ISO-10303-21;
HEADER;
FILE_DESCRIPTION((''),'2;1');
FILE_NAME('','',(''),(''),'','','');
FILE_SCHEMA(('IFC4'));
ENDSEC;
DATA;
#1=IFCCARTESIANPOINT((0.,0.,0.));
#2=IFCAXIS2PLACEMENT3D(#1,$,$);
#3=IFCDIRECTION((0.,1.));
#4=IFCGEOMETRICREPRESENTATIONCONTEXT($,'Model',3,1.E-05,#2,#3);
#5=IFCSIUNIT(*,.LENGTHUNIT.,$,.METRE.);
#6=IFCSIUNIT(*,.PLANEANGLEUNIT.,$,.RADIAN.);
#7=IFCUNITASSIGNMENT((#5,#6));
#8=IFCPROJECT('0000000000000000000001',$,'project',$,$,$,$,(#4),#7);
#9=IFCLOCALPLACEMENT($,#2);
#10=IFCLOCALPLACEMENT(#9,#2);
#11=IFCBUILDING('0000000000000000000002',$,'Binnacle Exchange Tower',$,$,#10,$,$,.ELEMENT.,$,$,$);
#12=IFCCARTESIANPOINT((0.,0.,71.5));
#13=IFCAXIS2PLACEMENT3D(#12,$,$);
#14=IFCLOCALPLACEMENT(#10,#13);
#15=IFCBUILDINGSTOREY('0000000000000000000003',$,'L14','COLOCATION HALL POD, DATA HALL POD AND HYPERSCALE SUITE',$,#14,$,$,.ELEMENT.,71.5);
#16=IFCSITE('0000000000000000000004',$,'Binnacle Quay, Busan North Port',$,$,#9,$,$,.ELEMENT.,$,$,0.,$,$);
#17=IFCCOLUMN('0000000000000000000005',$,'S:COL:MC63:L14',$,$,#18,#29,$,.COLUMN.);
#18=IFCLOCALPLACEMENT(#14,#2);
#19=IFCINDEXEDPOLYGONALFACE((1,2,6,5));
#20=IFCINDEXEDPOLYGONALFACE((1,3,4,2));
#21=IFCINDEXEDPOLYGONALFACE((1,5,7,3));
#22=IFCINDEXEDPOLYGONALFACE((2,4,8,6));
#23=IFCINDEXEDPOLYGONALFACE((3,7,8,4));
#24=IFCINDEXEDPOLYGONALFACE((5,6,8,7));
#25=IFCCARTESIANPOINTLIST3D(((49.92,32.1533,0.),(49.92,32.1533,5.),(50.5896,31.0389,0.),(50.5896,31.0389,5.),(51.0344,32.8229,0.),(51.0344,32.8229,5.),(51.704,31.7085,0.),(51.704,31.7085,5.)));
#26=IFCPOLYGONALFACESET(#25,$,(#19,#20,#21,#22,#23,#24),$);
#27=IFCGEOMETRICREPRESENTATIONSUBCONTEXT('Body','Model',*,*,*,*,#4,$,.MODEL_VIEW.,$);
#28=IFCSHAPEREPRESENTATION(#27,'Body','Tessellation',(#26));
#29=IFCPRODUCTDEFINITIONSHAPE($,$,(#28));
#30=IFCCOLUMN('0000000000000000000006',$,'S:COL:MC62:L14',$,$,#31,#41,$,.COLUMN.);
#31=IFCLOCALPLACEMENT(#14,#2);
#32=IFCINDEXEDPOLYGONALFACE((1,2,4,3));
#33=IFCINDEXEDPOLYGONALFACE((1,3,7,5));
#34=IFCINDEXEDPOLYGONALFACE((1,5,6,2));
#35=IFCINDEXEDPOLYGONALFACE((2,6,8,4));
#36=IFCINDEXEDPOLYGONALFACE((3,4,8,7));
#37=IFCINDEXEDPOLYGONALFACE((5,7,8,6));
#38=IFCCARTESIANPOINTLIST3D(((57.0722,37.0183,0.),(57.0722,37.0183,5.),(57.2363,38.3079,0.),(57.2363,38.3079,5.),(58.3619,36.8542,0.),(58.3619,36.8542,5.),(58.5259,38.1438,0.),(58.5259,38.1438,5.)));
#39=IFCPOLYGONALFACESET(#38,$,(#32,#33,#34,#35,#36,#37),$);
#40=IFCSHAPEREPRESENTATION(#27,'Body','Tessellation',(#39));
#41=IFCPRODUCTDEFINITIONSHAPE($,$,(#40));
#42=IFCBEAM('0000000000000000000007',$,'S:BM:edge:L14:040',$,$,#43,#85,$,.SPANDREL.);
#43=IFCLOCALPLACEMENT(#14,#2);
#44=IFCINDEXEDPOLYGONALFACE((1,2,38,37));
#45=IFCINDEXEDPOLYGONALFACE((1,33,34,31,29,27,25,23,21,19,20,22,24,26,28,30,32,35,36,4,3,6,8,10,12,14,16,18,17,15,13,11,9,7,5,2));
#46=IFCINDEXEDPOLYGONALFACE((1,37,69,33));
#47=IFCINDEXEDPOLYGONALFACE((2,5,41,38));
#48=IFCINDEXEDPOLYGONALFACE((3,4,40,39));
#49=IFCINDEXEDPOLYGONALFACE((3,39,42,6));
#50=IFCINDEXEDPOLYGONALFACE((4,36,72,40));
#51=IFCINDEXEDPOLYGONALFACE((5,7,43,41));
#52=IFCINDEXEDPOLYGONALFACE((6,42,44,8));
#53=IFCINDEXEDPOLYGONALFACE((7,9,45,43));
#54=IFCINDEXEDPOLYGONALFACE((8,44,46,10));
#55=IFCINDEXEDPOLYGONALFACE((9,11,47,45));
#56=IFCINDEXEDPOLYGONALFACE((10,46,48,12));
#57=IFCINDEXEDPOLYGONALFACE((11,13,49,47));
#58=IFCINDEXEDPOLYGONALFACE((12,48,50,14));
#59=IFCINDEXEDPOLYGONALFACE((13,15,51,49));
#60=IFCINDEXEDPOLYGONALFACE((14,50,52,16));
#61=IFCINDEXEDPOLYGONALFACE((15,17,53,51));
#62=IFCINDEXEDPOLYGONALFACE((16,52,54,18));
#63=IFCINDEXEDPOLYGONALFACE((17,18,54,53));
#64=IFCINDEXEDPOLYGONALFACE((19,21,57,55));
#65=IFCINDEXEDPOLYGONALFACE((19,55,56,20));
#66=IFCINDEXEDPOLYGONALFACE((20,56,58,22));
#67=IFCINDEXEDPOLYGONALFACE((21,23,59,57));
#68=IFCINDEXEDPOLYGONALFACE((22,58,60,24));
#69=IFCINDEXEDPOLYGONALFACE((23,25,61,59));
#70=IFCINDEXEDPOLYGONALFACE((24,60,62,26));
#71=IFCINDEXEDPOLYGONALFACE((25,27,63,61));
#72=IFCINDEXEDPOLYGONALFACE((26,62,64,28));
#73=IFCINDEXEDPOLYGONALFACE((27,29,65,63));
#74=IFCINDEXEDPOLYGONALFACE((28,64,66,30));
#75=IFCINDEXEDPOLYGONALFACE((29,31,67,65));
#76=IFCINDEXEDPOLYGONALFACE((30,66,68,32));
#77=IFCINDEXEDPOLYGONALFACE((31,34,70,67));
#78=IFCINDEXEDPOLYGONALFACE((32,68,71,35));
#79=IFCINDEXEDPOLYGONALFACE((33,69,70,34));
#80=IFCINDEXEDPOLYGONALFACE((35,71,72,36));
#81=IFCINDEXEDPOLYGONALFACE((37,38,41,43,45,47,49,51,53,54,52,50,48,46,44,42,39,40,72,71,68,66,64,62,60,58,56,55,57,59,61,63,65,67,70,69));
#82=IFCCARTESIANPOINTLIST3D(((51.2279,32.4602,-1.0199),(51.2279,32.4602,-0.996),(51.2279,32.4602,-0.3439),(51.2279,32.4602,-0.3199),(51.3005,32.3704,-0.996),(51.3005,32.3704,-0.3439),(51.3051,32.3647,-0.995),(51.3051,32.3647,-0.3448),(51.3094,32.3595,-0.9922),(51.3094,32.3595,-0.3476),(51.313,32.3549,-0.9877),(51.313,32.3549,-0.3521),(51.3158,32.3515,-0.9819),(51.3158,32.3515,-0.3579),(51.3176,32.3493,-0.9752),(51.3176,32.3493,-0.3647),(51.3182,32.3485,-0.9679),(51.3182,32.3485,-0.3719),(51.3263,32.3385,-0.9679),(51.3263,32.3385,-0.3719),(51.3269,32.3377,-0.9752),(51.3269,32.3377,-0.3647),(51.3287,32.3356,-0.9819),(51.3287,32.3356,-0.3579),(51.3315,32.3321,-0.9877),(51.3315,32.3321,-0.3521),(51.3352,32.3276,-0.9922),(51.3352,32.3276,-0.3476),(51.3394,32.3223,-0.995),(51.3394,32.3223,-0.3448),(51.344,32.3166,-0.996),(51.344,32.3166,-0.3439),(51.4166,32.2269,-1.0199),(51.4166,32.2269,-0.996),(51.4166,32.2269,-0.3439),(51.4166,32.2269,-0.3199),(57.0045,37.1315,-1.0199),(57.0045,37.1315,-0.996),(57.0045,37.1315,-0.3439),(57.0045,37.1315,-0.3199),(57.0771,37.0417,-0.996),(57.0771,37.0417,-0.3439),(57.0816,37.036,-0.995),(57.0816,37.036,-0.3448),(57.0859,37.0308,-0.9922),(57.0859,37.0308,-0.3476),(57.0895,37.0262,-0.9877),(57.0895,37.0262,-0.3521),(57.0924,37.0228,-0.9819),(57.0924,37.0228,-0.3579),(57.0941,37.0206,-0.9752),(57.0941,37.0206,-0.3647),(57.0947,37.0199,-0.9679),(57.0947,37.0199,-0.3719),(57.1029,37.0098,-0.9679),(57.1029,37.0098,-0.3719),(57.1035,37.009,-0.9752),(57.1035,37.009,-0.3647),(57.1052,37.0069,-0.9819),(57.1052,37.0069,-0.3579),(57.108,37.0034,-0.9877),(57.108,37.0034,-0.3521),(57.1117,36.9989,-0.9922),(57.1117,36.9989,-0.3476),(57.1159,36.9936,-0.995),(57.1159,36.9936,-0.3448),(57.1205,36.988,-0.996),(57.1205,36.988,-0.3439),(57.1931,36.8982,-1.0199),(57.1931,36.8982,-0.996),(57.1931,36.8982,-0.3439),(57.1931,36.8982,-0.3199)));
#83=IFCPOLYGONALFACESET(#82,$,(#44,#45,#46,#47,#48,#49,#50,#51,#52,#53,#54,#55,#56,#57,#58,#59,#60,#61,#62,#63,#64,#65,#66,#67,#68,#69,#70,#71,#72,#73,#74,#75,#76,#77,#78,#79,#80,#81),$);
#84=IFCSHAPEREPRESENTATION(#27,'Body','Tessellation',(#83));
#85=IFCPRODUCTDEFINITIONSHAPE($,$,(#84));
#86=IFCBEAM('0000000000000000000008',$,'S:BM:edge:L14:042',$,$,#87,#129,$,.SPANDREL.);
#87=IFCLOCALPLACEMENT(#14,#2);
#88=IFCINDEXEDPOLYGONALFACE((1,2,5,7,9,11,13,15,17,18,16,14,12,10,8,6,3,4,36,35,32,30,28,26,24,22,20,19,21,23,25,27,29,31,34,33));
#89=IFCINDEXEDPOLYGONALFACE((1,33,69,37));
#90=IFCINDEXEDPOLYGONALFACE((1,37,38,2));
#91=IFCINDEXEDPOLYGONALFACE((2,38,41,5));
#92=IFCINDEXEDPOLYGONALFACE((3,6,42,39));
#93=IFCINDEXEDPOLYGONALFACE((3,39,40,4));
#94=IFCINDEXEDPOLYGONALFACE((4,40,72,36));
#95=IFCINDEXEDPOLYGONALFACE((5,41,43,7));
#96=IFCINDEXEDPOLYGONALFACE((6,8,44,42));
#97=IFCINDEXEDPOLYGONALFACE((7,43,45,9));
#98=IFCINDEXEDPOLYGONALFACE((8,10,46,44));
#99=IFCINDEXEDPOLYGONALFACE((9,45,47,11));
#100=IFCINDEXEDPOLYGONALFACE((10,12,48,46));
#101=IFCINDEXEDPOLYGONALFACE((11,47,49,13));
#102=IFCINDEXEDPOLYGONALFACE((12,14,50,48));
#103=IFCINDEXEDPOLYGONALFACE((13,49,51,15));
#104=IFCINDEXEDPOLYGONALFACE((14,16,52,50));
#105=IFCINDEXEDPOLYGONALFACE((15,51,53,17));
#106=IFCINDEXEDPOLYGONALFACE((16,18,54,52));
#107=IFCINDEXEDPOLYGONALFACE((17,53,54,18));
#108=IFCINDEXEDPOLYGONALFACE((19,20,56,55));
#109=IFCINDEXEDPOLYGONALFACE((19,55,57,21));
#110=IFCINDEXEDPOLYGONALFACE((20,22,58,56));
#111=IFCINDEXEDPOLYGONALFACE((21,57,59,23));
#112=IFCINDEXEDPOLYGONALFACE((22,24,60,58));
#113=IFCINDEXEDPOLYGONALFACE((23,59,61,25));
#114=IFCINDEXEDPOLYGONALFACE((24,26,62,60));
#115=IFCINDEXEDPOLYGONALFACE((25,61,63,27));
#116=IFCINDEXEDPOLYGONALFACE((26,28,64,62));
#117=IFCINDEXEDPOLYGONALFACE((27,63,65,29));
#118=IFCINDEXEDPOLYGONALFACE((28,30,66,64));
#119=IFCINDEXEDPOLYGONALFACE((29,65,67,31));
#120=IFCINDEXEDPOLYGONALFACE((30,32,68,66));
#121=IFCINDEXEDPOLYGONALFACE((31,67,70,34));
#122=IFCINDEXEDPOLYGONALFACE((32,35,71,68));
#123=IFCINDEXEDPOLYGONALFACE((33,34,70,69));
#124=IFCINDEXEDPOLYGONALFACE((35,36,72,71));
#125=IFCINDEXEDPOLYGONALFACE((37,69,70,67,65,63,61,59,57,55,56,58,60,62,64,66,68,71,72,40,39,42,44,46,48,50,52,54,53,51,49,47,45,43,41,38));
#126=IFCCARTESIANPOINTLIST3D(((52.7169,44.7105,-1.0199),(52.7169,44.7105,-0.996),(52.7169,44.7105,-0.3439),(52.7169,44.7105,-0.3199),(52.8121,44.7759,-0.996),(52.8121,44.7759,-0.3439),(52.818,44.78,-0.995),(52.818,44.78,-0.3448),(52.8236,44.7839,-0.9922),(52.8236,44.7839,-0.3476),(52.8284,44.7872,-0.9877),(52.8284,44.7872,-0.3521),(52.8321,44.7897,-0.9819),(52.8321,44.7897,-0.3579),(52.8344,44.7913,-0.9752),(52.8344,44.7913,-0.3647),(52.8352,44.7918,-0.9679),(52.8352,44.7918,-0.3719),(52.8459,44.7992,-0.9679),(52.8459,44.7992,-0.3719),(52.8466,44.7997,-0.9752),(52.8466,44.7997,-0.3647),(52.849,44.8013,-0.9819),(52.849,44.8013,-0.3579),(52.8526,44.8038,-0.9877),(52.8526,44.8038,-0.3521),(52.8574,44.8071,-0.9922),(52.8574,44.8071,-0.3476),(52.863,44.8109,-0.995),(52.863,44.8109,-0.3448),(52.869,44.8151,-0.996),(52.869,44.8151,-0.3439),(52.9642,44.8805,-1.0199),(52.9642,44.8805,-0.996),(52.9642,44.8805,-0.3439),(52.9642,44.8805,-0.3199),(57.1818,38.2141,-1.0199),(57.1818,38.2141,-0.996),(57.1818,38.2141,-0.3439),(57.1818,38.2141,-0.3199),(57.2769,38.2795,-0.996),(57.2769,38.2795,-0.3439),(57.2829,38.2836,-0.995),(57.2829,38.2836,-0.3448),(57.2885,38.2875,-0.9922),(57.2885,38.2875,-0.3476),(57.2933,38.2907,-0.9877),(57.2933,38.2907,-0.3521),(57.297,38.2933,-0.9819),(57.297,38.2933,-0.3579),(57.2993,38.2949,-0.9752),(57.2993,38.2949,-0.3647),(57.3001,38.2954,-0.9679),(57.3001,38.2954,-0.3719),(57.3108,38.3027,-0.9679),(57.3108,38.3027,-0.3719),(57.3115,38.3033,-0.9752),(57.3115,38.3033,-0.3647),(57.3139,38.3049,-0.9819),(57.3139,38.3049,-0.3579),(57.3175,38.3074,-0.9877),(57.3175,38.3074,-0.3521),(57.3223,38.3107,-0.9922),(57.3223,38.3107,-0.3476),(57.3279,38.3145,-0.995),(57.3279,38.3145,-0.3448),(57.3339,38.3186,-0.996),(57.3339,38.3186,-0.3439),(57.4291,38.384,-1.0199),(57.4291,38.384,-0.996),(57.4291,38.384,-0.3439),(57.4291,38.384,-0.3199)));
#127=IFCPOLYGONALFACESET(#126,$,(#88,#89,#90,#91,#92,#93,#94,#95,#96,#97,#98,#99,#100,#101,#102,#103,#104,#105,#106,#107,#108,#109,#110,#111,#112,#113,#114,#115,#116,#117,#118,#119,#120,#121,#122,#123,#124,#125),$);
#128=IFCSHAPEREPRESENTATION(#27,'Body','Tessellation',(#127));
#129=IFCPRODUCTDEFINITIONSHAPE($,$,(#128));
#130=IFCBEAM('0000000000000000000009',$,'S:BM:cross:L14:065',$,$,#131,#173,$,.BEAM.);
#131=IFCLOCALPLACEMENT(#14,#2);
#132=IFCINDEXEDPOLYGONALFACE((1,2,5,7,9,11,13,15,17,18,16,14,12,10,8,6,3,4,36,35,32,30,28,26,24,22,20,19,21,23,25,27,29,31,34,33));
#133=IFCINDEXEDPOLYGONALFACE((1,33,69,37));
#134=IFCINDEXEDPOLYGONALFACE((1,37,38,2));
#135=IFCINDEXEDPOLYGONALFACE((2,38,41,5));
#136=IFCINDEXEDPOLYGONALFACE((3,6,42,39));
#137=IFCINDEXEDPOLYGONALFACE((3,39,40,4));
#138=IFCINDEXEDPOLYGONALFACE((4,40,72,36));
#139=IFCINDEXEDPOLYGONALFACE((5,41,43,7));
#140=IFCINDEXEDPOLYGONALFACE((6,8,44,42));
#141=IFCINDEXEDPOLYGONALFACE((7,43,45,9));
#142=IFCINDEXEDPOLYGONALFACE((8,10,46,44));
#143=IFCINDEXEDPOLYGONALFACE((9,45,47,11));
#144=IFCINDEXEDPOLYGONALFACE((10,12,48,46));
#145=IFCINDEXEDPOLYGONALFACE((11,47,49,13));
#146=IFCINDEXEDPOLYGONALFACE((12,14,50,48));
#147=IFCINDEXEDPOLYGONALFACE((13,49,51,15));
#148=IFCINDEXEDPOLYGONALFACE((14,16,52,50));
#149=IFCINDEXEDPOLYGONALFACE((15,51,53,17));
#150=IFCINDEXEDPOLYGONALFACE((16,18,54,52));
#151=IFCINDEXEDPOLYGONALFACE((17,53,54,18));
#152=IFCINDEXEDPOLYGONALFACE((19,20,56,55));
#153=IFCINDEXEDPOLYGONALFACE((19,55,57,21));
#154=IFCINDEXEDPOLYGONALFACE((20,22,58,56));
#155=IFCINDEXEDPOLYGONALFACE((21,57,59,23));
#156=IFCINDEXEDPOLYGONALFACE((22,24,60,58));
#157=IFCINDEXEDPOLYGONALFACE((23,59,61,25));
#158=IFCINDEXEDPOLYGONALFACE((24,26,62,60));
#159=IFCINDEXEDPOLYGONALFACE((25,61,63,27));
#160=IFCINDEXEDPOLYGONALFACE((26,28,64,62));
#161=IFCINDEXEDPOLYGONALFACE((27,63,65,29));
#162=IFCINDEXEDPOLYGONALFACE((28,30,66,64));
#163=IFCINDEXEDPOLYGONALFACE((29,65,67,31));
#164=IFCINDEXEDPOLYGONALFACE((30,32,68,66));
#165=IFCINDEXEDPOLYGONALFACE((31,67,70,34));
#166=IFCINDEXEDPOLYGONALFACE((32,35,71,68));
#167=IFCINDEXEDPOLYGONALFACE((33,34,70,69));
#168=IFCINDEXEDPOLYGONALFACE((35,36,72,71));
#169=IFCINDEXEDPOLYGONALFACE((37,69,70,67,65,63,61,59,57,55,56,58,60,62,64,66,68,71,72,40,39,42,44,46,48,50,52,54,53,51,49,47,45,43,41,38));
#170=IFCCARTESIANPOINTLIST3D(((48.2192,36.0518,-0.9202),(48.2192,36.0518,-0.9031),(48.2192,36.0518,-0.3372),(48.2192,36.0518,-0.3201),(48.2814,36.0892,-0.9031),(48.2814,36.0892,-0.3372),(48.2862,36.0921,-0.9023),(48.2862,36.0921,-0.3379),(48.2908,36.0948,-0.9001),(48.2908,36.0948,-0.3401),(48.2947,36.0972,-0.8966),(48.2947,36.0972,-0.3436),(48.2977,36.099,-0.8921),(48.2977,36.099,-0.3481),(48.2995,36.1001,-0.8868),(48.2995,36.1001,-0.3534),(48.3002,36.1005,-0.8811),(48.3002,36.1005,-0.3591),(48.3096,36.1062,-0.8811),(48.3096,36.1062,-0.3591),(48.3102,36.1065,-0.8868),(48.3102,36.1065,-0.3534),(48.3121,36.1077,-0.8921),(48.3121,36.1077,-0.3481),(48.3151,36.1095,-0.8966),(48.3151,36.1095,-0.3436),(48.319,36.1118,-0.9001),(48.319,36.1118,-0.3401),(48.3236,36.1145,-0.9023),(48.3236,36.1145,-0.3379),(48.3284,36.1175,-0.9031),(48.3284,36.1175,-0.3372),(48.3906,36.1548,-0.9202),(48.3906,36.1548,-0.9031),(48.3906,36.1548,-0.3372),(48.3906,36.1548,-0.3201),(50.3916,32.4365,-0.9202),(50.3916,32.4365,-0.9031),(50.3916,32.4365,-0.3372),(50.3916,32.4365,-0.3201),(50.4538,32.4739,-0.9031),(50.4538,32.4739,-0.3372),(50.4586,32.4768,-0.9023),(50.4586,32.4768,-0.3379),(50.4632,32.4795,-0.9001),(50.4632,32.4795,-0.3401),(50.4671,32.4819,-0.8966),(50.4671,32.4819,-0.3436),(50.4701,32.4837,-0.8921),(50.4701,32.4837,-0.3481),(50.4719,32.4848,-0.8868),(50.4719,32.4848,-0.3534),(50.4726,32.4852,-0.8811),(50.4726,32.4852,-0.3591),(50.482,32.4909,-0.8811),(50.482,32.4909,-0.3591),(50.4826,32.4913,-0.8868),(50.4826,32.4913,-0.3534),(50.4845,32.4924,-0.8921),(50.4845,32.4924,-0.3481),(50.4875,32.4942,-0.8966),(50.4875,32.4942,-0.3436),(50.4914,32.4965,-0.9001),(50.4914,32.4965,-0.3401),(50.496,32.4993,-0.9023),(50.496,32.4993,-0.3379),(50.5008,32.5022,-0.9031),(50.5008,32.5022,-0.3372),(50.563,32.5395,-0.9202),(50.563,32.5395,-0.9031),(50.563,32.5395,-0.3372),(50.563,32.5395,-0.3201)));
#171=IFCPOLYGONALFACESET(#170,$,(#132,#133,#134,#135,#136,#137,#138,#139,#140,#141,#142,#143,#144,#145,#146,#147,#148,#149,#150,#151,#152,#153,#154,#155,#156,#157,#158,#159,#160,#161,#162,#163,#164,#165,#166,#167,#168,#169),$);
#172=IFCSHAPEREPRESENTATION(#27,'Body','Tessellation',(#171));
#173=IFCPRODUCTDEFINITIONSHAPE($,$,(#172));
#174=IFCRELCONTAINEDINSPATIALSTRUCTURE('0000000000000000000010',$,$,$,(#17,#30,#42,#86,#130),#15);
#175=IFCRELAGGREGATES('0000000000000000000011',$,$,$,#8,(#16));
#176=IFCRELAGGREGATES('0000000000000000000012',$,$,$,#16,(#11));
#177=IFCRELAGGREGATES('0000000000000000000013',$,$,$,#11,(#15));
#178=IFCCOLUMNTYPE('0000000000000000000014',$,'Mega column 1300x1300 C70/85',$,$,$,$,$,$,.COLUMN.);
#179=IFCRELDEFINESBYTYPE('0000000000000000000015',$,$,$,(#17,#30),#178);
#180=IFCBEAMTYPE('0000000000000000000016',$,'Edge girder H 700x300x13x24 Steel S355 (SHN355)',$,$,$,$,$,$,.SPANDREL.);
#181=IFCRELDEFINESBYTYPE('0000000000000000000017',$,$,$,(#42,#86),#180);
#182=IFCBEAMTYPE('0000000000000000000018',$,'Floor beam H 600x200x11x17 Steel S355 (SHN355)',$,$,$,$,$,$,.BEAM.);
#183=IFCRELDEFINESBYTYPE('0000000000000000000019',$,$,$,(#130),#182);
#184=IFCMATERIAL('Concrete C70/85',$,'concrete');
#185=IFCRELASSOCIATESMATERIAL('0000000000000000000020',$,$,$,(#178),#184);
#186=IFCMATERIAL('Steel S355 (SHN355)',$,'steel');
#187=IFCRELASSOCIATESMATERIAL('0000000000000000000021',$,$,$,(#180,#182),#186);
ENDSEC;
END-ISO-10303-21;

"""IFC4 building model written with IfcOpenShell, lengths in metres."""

from ifc_helpers import new_model, si_unit, direction, frame, origin, origin_2d, place, context, subcontext, project, spatial, rectangle, i_section, extrude, material, material_profile, profile_set, type_object, element, save


model = new_model("IFC4")

# Units and contexts
model_context = context("Model", 3, precision=1e-05, world=origin(), true_north=direction((0.0, 1.0)))
body_context = subcontext(model_context, "Body", "Model", "MODEL_VIEW")
ifc_project = project(units=[si_unit("LENGTHUNIT", "METRE"), si_unit("PLANEANGLEUNIT", "RADIAN")], contexts=[model_context])

# Site, building, storey
site_placement = place(None, origin())
site = spatial("IfcSite", under=ifc_project, at=site_placement, Name="Binnacle Quay, Busan North Port", CompositionType="ELEMENT", RefElevation=0.0)
building_placement = place(site_placement, origin())
building = spatial("IfcBuilding", under=site, at=building_placement, Name="Binnacle Exchange Tower", CompositionType="ELEMENT")
storey_placement = place(building_placement, frame((0.0, 0.0, 71.5)))
storey = spatial("IfcBuildingStorey", under=building, at=storey_placement, Name="L14", Description="COLOCATION HALL POD, DATA HALL POD AND HYPERSCALE SUITE", CompositionType="ELEMENT", Elevation=71.5)

# Columns
ifc_material_1 = material(Name="Concrete C70/85", Category="concrete")
ifc_material_profile_1 = material_profile(ifc_material_1, rectangle(XDim=1.3, YDim=1.3, at=origin_2d()), Name="Mega column 1300x1300 C70/85")
ifc_profile_set_1 = profile_set([ifc_material_profile_1], Name="Concrete C70/85")
column_type = type_object("IfcColumnType", Name="Mega column 1300x1300 C70/85", PredefinedType="COLUMN", material=ifc_profile_set_1)
for number, where, z_axis, x_axis, name in (
    (1, (50.812, 31.9309, 0.0), (0.0, 0.0, 1.0), (0.857167, 0.515038, 0.0), "S:COL:MC63:L14"),
    (2, (57.7991, 37.5811, 0.0), (0.0, 0.0, 1.0), (0.126199, 0.992005, 0.0), "S:COL:MC62:L14"),
):
    element("IfcColumn", number, at=place(storey_placement, frame(where, z_axis=z_axis, x_axis=x_axis)), inside=storey, type_object=column_type, Name=name, PredefinedType="COLUMN", context=body_context, shape_type="SweptSolid", body=[
        extrude(rectangle(XDim=1.3, YDim=1.3, at=origin_2d()), origin(), (0.0, 0.0, 1.0), 5.0),
    ])

# Beams
ifc_material_2 = material(Name="Steel S355 (SHN355)", Category="steel")
ifc_material_profile_2 = material_profile(ifc_material_2, i_section(OverallWidth=0.3, OverallDepth=0.7, WebThickness=0.0129, FlangeThickness=0.0239, FilletRadius=0.0281, at=origin_2d()), Name="H 700x300x13x24")
ifc_profile_set_2 = profile_set([ifc_material_profile_2], Name="Steel S355 (SHN355)")
beam_type_1 = type_object("IfcBeamType", Name="Edge girder H 700x300x13x24 Steel S355 (SHN355)", PredefinedType="SPANDREL", material=ifc_profile_set_2)
beam_1_placement = place(storey_placement, frame((51.3223, 32.3435, -0.6699), z_axis=(0.777568, 0.628798, 0.0), x_axis=(-0.628798, 0.777568, 0.0)))
element("IfcBeam", 3, at=beam_1_placement, inside=storey, type_object=beam_type_1, Name="S:BM:edge:L14:040", PredefinedType="SPANDREL", context=body_context, shape_type="SweptSolid", body=[
    extrude(i_section(OverallWidth=0.3, OverallDepth=0.7, WebThickness=0.0129, FlangeThickness=0.0239, FilletRadius=0.0281, at=origin_2d()), origin(), (0.0, 0.0, 1.0), 7.429),
])
beam_2_placement = place(storey_placement, frame((57.3054, 38.2991, -0.6699), z_axis=(-0.566409, 0.824124, 0.0), x_axis=(-0.824124, -0.566409, 0.0)))
element("IfcBeam", 4, at=beam_2_placement, inside=storey, type_object=beam_type_1, Name="S:BM:edge:L14:042", PredefinedType="SPANDREL", context=body_context, shape_type="SweptSolid", body=[
    extrude(i_section(OverallWidth=0.3, OverallDepth=0.7, WebThickness=0.0129, FlangeThickness=0.0239, FilletRadius=0.0281, at=origin_2d()), origin(), (0.0, 0.0, 1.0), 7.8828),
])
ifc_material_profile_3 = material_profile(ifc_material_2, i_section(OverallWidth=0.2, OverallDepth=0.6001, WebThickness=0.011, FlangeThickness=0.0171, FilletRadius=0.022, at=origin_2d()), Name="H 600x200x11x17")
ifc_profile_set_3 = profile_set([ifc_material_profile_3], Name="Steel S355 (SHN355)")
beam_type_2 = type_object("IfcBeamType", Name="Floor beam H 600x200x11x17 Steel S355 (SHN355)", PredefinedType="BEAM", material=ifc_profile_set_3)
beam_3_placement = place(storey_placement, frame((50.4773, 32.488, -0.6201), z_axis=(-0.515057, 0.857156, 0.0), x_axis=(-0.857156, -0.515057, 0.0)))
element("IfcBeam", 5, at=beam_3_placement, inside=storey, type_object=beam_type_2, Name="S:BM:cross:L14:065", PredefinedType="BEAM", context=body_context, shape_type="SweptSolid", body=[
    extrude(i_section(OverallWidth=0.2, OverallDepth=0.6001, WebThickness=0.011, FlangeThickness=0.0171, FilletRadius=0.022, at=origin_2d()), origin(), (0.0, 0.0, 1.0), 4.2178),
])

save(model, "model.ifc")
